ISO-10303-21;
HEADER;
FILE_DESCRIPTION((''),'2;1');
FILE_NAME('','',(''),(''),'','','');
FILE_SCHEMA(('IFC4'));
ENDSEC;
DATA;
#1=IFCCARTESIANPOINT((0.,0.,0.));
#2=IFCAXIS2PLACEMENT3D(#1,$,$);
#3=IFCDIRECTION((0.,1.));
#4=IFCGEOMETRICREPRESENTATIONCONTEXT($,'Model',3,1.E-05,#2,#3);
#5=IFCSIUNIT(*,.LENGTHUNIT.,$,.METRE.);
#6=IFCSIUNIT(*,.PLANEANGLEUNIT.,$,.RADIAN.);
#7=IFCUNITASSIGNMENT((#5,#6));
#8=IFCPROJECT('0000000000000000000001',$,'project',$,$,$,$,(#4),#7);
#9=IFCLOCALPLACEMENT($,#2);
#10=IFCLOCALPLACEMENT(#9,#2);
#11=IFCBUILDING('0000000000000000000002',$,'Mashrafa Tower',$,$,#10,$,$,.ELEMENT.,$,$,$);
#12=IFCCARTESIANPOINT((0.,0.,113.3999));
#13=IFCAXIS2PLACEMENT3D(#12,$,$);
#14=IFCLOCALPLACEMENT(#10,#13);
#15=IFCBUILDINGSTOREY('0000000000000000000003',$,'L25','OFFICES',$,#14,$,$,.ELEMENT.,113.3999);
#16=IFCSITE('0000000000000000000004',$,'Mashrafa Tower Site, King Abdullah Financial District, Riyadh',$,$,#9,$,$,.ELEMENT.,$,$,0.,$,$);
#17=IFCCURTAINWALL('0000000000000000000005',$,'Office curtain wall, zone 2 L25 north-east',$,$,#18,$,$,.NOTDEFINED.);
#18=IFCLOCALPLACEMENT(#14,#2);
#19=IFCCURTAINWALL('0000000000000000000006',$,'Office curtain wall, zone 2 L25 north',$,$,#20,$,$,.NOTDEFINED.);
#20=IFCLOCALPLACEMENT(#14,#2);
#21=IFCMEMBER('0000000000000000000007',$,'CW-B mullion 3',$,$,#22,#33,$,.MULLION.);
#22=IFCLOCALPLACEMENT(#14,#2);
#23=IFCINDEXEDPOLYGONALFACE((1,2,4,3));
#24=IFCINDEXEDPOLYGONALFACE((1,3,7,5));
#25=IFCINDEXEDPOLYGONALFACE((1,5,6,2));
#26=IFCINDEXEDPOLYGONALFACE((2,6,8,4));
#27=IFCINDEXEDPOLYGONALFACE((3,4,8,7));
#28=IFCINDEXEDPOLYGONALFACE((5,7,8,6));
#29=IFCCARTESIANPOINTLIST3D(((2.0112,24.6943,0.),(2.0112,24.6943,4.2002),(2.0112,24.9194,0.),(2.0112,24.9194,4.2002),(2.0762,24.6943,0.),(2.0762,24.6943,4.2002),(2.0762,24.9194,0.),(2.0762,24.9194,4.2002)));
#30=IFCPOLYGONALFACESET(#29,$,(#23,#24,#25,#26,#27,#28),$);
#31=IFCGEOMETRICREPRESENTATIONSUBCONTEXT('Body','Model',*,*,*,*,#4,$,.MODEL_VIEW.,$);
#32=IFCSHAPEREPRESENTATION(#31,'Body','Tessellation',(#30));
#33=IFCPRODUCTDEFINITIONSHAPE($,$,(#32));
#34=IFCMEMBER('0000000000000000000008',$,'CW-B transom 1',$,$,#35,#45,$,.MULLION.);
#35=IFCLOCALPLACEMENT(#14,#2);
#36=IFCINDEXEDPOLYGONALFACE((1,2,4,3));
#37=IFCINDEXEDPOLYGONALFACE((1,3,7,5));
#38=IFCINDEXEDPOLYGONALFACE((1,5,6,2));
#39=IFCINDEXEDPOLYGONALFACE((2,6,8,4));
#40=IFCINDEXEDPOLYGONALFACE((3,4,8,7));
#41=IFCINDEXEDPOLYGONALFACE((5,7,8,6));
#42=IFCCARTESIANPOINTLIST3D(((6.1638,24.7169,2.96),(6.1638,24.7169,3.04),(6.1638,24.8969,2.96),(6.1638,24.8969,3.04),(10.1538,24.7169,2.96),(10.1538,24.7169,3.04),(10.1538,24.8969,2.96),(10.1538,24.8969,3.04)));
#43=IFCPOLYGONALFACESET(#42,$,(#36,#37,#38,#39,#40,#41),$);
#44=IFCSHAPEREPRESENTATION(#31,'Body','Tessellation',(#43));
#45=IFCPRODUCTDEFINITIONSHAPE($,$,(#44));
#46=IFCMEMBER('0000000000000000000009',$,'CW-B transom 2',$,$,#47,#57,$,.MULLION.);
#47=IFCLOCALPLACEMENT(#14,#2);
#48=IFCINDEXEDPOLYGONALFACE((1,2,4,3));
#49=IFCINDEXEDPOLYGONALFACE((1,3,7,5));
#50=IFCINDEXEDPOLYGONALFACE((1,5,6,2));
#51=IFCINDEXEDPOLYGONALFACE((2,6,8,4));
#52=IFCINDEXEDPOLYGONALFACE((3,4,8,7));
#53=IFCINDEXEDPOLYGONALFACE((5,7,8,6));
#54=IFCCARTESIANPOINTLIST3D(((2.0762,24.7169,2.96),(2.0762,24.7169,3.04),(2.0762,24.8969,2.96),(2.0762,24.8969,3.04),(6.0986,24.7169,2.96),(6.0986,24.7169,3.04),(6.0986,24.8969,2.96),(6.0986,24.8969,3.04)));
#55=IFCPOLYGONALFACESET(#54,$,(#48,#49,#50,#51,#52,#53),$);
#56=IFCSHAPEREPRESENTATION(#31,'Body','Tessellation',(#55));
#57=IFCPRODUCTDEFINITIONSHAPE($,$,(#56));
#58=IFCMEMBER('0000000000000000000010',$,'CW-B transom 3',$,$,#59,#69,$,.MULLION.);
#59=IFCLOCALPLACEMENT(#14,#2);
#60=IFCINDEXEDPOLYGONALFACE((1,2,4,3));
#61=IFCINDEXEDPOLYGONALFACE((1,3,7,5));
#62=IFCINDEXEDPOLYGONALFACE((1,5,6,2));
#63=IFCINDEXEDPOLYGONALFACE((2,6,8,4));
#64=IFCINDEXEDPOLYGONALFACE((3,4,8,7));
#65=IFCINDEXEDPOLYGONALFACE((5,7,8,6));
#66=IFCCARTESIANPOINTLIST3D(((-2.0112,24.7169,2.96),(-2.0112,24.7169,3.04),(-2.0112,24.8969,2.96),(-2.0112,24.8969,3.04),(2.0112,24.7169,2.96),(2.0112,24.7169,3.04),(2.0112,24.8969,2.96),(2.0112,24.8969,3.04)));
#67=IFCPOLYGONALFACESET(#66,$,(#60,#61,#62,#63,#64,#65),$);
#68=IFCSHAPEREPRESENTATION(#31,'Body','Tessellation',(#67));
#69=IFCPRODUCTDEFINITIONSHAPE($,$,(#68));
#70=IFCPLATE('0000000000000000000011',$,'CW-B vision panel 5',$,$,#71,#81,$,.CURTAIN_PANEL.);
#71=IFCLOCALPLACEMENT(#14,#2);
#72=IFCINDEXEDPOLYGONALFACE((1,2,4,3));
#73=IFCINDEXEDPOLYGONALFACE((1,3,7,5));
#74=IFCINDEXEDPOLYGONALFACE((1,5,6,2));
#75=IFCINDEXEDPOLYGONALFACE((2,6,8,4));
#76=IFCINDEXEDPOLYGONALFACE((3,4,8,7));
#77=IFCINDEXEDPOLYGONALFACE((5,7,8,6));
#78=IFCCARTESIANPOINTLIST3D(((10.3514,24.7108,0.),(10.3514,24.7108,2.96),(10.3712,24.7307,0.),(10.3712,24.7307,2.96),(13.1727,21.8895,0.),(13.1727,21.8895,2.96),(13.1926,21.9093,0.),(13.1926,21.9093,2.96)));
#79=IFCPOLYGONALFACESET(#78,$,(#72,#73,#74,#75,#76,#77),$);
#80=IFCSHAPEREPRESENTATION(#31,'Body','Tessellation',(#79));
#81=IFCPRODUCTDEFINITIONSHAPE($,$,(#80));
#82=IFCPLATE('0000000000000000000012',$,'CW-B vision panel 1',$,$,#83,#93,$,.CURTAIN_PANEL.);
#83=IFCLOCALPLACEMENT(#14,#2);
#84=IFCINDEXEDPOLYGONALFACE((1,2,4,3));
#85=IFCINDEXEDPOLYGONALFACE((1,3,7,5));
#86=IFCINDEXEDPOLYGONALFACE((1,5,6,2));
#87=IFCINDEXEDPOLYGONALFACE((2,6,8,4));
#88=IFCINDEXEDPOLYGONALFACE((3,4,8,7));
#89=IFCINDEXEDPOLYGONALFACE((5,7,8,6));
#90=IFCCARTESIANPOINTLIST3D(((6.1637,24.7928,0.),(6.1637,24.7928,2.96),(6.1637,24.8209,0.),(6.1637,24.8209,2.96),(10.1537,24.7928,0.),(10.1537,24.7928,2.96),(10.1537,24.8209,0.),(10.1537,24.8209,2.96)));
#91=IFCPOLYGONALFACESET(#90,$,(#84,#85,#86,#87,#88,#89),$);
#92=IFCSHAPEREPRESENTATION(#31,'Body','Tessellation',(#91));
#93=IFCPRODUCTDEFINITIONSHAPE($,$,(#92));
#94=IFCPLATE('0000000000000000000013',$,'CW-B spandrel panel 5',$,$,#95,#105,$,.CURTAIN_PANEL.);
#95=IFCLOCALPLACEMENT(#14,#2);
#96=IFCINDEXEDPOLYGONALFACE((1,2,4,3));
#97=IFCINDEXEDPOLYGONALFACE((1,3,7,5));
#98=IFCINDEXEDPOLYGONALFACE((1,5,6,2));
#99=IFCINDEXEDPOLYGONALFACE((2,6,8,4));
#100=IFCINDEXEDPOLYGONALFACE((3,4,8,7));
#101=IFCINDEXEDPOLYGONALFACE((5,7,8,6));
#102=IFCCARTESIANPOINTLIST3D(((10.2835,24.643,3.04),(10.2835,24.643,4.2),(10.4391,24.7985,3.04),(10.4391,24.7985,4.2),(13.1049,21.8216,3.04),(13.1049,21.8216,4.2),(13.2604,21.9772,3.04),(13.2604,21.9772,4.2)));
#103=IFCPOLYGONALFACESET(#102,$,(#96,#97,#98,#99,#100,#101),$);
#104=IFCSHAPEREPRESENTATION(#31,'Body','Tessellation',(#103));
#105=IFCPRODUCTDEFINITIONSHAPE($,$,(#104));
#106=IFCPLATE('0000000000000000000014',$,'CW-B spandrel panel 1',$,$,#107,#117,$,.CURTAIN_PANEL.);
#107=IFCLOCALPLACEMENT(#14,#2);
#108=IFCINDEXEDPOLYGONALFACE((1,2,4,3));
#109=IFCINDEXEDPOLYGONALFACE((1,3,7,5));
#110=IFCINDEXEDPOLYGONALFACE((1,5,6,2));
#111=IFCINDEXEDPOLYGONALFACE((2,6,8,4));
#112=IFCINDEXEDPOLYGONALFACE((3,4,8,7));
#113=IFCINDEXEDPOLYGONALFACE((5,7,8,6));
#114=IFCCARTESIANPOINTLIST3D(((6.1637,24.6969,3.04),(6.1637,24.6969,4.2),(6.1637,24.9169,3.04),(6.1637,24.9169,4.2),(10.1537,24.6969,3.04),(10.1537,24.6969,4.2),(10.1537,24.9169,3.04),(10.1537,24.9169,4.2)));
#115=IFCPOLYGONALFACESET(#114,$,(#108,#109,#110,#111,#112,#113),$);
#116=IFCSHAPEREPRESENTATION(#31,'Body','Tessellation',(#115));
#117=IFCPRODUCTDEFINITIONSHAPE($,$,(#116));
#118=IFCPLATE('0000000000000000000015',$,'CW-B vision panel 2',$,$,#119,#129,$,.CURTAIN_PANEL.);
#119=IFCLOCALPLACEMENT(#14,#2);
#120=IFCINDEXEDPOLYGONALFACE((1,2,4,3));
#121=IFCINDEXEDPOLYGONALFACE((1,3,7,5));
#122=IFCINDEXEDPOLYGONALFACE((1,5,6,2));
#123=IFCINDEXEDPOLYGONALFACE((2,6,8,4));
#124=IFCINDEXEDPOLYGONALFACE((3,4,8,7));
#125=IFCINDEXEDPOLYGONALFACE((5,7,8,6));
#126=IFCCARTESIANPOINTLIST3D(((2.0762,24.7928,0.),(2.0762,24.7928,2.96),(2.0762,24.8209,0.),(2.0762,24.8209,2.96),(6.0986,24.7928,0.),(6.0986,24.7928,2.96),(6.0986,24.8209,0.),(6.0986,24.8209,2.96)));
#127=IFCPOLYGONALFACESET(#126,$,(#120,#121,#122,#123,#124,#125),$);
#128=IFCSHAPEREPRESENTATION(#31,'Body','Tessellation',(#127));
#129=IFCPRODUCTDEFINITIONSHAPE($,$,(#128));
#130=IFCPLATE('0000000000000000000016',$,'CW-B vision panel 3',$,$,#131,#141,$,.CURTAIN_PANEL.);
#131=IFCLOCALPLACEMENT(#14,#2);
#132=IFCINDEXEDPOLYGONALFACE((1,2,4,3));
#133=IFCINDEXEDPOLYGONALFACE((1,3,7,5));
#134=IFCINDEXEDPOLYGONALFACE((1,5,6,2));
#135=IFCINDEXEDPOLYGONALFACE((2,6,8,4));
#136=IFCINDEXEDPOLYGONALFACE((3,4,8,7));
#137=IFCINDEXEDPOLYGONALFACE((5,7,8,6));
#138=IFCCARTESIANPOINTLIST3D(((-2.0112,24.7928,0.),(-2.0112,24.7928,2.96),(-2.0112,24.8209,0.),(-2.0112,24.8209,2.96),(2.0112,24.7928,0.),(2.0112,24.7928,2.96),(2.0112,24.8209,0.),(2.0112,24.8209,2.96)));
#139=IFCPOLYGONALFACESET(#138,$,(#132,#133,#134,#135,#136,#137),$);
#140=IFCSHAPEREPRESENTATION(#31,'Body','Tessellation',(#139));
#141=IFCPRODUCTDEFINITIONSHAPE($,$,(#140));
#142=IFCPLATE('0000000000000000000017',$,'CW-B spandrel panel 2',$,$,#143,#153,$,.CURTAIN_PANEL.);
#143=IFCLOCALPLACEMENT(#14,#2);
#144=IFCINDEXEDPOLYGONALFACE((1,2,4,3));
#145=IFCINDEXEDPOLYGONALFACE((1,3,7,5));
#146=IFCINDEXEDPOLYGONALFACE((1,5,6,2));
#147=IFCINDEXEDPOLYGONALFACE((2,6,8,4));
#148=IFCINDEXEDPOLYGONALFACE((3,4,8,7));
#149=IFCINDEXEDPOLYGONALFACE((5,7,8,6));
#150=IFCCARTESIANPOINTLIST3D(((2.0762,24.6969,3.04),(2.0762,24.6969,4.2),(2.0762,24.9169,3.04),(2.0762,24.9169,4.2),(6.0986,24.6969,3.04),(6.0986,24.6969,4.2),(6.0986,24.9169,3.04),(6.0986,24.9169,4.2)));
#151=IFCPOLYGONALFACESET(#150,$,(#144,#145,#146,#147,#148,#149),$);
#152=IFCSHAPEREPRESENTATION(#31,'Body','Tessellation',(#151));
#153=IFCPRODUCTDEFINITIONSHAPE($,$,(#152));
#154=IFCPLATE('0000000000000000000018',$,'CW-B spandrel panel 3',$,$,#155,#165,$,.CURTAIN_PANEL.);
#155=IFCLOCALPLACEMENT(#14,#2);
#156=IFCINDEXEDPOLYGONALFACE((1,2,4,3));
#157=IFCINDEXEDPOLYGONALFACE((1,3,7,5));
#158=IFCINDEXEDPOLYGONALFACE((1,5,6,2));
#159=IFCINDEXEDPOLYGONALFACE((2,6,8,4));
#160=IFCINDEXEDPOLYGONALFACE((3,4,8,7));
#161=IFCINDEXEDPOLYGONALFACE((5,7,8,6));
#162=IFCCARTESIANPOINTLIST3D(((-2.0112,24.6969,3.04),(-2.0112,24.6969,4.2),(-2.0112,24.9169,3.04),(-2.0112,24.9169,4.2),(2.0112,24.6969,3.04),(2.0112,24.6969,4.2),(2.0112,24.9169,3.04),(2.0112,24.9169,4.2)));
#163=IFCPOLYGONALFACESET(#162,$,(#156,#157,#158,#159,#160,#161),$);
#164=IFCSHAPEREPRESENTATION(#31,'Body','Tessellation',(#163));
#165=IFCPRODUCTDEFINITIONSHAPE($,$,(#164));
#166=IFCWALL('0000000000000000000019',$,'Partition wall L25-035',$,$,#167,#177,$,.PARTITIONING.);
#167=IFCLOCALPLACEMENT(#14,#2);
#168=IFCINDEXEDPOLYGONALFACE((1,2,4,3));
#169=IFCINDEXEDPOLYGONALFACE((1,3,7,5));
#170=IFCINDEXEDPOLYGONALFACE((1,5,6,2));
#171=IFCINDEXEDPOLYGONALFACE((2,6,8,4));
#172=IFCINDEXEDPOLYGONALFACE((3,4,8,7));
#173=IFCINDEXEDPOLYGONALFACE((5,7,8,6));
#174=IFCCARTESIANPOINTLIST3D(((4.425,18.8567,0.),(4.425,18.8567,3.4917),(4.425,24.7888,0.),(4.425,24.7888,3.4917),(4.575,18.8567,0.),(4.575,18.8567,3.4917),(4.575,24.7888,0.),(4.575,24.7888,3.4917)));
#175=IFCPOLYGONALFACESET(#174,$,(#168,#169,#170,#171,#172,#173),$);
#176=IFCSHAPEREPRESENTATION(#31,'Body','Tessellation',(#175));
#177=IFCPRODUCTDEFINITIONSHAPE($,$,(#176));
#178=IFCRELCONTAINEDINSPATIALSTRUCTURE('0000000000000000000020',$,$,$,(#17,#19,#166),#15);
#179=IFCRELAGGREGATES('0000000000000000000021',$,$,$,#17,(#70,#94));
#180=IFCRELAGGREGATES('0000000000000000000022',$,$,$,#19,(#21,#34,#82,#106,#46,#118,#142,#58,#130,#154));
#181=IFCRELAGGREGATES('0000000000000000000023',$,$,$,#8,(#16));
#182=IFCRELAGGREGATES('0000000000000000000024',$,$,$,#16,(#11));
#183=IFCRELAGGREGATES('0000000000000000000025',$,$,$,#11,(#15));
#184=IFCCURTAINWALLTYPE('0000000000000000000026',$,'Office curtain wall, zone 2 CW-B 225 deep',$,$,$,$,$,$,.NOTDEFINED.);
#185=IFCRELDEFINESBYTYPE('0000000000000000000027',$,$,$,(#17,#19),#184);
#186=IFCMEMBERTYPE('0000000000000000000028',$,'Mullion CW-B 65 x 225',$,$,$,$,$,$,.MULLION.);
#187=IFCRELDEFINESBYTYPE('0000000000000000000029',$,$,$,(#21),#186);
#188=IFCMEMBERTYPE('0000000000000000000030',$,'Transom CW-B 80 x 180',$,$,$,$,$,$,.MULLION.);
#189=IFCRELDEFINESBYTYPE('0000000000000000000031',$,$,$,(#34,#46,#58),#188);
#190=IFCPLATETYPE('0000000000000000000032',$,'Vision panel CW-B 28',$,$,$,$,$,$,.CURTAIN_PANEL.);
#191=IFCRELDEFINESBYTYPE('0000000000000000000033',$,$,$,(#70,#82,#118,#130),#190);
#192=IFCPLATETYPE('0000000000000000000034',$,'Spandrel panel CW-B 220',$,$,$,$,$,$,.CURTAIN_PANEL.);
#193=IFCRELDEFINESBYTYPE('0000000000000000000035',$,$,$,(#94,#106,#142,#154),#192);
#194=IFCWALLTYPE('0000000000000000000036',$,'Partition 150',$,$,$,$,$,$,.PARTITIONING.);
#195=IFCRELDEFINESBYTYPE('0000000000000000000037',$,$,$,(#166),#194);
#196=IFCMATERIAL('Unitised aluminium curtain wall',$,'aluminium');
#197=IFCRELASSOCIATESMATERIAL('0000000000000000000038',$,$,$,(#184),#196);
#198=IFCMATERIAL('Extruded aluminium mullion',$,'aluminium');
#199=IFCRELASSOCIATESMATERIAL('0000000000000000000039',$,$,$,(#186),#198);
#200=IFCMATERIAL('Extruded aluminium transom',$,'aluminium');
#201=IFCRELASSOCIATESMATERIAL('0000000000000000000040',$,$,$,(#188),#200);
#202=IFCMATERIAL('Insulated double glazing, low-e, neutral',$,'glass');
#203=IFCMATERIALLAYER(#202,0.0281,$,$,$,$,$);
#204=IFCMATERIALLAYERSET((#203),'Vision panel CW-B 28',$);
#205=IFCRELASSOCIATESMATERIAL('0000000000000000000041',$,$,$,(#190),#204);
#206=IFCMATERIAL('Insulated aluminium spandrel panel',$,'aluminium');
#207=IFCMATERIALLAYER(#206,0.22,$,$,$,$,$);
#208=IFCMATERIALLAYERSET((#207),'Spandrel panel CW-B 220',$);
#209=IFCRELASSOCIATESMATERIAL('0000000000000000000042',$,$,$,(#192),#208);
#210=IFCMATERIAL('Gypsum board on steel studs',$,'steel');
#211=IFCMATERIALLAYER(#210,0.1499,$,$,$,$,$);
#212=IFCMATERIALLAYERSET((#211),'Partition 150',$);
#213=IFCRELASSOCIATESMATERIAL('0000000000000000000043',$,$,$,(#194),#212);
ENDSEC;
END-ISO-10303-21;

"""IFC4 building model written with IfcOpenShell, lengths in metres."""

from ifc_helpers import new_model, si_unit, direction, frame, frame_2d, origin, origin_2d, place, context, subcontext, project, spatial, rectangle, extrude, source, transform, mapped, material, layer, layer_set, material_profile, profile_set, type_object, type_shapes, element, aggregate, save


model = new_model("IFC4")

# Units and contexts
model_context = context("Model", 3, precision=1e-05, world=origin(), true_north=direction((0.0, 1.0)))
body_context = subcontext(model_context, "Body", "Model", "MODEL_VIEW")
ifc_project = project(units=[si_unit("LENGTHUNIT", "METRE"), si_unit("PLANEANGLEUNIT", "RADIAN")], contexts=[model_context])

# Site, building, storey
site_placement = place(None, origin())
site = spatial("IfcSite", under=ifc_project, at=site_placement, Name="Mashrafa Tower Site, King Abdullah Financial District, Riyadh", CompositionType="ELEMENT", RefElevation=0.0)
building_placement = place(site_placement, origin())
building = spatial("IfcBuilding", under=site, at=building_placement, Name="Mashrafa Tower", CompositionType="ELEMENT")
storey_placement = place(building_placement, frame((0.0, 0.0, 113.3999)))
storey = spatial("IfcBuildingStorey", under=building, at=storey_placement, Name="L25", Description="OFFICES", CompositionType="ELEMENT", Elevation=113.3999)

# Curtain wall
ifc_material_1 = material(Name="Unitised aluminium curtain wall", Category="aluminium")
curtain_wall_type = type_object("IfcCurtainWallType", Name="Office curtain wall, zone 2 CW-B 225 deep", PredefinedType="NOTDEFINED", material=ifc_material_1)
curtain_wall_1_placement = place(storey_placement, origin())
curtain_wall_1 = element("IfcCurtainWall", 1, at=curtain_wall_1_placement, inside=storey, type_object=curtain_wall_type, Name="Office curtain wall, zone 2 L25 north-east", PredefinedType="NOTDEFINED")
ifc_material_2 = material(Name="Extruded aluminium mullion", Category="aluminium")
ifc_material_profile_1 = material_profile(ifc_material_2, rectangle(XDim=0.2251, YDim=0.0649, at=origin_2d()), Name="Mullion 65x225")
ifc_profile_set_1 = profile_set([ifc_material_profile_1], Name="Extruded aluminium mullion")
member_type_1 = type_object("IfcMemberType", Name="Mullion CW-B 65 x 225", PredefinedType="MULLION", material=ifc_profile_set_1)
shared_shape_1 = source(origin(), body_context, "Body", "SweptSolid", [
    extrude(rectangle(XDim=0.2251, YDim=0.0649, at=origin_2d()), origin(), (0.0, 0.0, 1.0), 4.2002),
])
type_shapes(member_type_1, [shared_shape_1])

# Curtain wall, members
curtain_wall_2_placement = place(storey_placement, origin())
curtain_wall_2 = element("IfcCurtainWall", 2, at=curtain_wall_2_placement, inside=storey, type_object=curtain_wall_type, Name="Office curtain wall, zone 2 L25 north", PredefinedType="NOTDEFINED")
member_1_placement = place(storey_placement, frame((2.0437, 24.8069, 0.0), z_axis=(0.0, 0.0, 1.0), x_axis=(0.0, -1.0, 0.0)))
member_1 = element("IfcMember", 3, at=member_1_placement, type_object=member_type_1, Name="CW-B mullion 3", PredefinedType="MULLION", context=body_context, shape_type="MappedRepresentation", body=[
    mapped(shared_shape_1, transform((0.0, 0.0, 0.0))),
])
ifc_material_3 = material(Name="Extruded aluminium transom", Category="aluminium")
ifc_material_profile_2 = material_profile(ifc_material_3, rectangle(XDim=0.1799, YDim=0.0801, at=origin_2d()), Name="Transom 80x180")
ifc_profile_set_2 = profile_set([ifc_material_profile_2], Name="Extruded aluminium transom")
member_type_2 = type_object("IfcMemberType", Name="Transom CW-B 80 x 180", PredefinedType="MULLION", material=ifc_profile_set_2)
shared_shape_2 = source(origin(), body_context, "Body", "SweptSolid", [
    extrude(rectangle(XDim=0.1799, YDim=0.0801, at=origin_2d()), origin(), (0.0, 0.0, 1.0), 3.99),
])
member_2_placement = place(storey_placement, frame((10.1538, 24.8069, 3.0), z_axis=(-1.0, 0.0, 0.0), x_axis=(0.0, -1.0, 0.0)))
member_2 = element("IfcMember", 4, at=member_2_placement, type_object=member_type_2, Name="CW-B transom 1", PredefinedType="MULLION", context=body_context, shape_type="MappedRepresentation", body=[
    mapped(shared_shape_2, transform((0.0, 0.0, 0.0))),
])
shared_shape_3 = source(origin(), body_context, "Body", "SweptSolid", [
    extrude(rectangle(XDim=0.1799, YDim=0.0801, at=origin_2d()), origin(), (0.0, 0.0, 1.0), 4.0225),
])
type_shapes(member_type_2, [shared_shape_2, shared_shape_3])
member_3_placement = place(storey_placement, frame((6.0986, 24.8069, 3.0), z_axis=(-1.0, 0.0, 0.0), x_axis=(0.0, -1.0, 0.0)))
member_3 = element("IfcMember", 5, at=member_3_placement, type_object=member_type_2, Name="CW-B transom 2", PredefinedType="MULLION", context=body_context, shape_type="MappedRepresentation", body=[
    mapped(shared_shape_3, transform((0.0, 0.0, 0.0))),
])
member_4_placement = place(storey_placement, frame((2.0112, 24.8069, 3.0), z_axis=(-1.0, 0.0, 0.0), x_axis=(0.0, -1.0, 0.0)))
member_4 = element("IfcMember", 6, at=member_4_placement, type_object=member_type_2, Name="CW-B transom 3", PredefinedType="MULLION", context=body_context, shape_type="MappedRepresentation", body=[
    mapped(shared_shape_3, transform((0.0, 0.0, 0.0))),
])

# Plates
ifc_material_4 = material(Name="Insulated double glazing, low-e, neutral", Category="glass")
ifc_layer_1 = layer(ifc_material_4, 0.0281)
ifc_layer_set_1 = layer_set([ifc_layer_1], Name="Vision panel CW-B 28")
plate_type_1 = type_object("IfcPlateType", Name="Vision panel CW-B 28", PredefinedType="CURTAIN_PANEL", material=ifc_layer_set_1)
shared_shape_4 = source(origin(), body_context, "Body", "SweptSolid", [
    extrude(rectangle(XDim=3.99, YDim=0.0281, at=origin_2d()), origin(), (0.0, 0.0, 1.0), 2.96),
])
plate_1_placement = place(storey_placement, frame((11.772, 23.3101, 0.0), z_axis=(0.0, 0.0, 1.0), x_axis=(-0.707107, 0.707107, 0.0)))
plate_1 = element("IfcPlate", 7, at=plate_1_placement, type_object=plate_type_1, Name="CW-B vision panel 5", PredefinedType="CURTAIN_PANEL", context=body_context, shape_type="MappedRepresentation", body=[
    mapped(shared_shape_4, transform((0.0, 0.0, 0.0))),
])
plate_2_placement = place(storey_placement, frame((8.1587, 24.8069, 0.0), z_axis=(0.0, 0.0, 1.0), x_axis=(-1.0, 0.0, 0.0)))
plate_2 = element("IfcPlate", 8, at=plate_2_placement, type_object=plate_type_1, Name="CW-B vision panel 1", PredefinedType="CURTAIN_PANEL", context=body_context, shape_type="MappedRepresentation", body=[
    mapped(shared_shape_4, transform((0.0, 0.0, 0.0))),
])
ifc_material_5 = material(Name="Insulated aluminium spandrel panel", Category="aluminium")
ifc_layer_2 = layer(ifc_material_5, 0.22)
ifc_layer_set_2 = layer_set([ifc_layer_2], Name="Spandrel panel CW-B 220")
plate_type_2 = type_object("IfcPlateType", Name="Spandrel panel CW-B 220", PredefinedType="CURTAIN_PANEL", material=ifc_layer_set_2)
shared_shape_5 = source(origin(), body_context, "Body", "SweptSolid", [
    extrude(rectangle(XDim=3.99, YDim=0.22, at=origin_2d()), origin(), (0.0, 0.0, 1.0), 1.1599),
])
plate_3_placement = place(storey_placement, frame((11.772, 23.3101, 3.04), z_axis=(0.0, 0.0, 1.0), x_axis=(-0.707107, 0.707107, 0.0)))
plate_3 = element("IfcPlate", 9, at=plate_3_placement, type_object=plate_type_2, Name="CW-B spandrel panel 5", PredefinedType="CURTAIN_PANEL", context=body_context, shape_type="MappedRepresentation", body=[
    mapped(shared_shape_5, transform((0.0, 0.0, 0.0))),
])
aggregate(curtain_wall_1, [plate_1, plate_3])
plate_4_placement = place(storey_placement, frame((8.1587, 24.8069, 3.04), z_axis=(0.0, 0.0, 1.0), x_axis=(-1.0, 0.0, 0.0)))
plate_4 = element("IfcPlate", 10, at=plate_4_placement, type_object=plate_type_2, Name="CW-B spandrel panel 1", PredefinedType="CURTAIN_PANEL", context=body_context, shape_type="MappedRepresentation", body=[
    mapped(shared_shape_5, transform((0.0, 0.0, 0.0))),
])
shared_shape_6 = source(origin(), body_context, "Body", "SweptSolid", [
    extrude(rectangle(XDim=4.0225, YDim=0.0281, at=origin_2d()), origin(), (0.0, 0.0, 1.0), 2.96),
])
type_shapes(plate_type_1, [shared_shape_4, shared_shape_6])
plate_5_placement = place(storey_placement, frame((4.0874, 24.8069, 0.0), z_axis=(0.0, 0.0, 1.0), x_axis=(-1.0, 0.0, 0.0)))
plate_5 = element("IfcPlate", 11, at=plate_5_placement, type_object=plate_type_1, Name="CW-B vision panel 2", PredefinedType="CURTAIN_PANEL", context=body_context, shape_type="MappedRepresentation", body=[
    mapped(shared_shape_6, transform((0.0, 0.0, 0.0))),
])
plate_6_placement = place(storey_placement, frame((0.0, 24.8069, 0.0), z_axis=(0.0, 0.0, 1.0), x_axis=(-1.0, 0.0, 0.0)))
plate_6 = element("IfcPlate", 12, at=plate_6_placement, type_object=plate_type_1, Name="CW-B vision panel 3", PredefinedType="CURTAIN_PANEL", context=body_context, shape_type="MappedRepresentation", body=[
    mapped(shared_shape_6, transform((0.0, 0.0, 0.0))),
])
shared_shape_7 = source(origin(), body_context, "Body", "SweptSolid", [
    extrude(rectangle(XDim=4.0225, YDim=0.22, at=origin_2d()), origin(), (0.0, 0.0, 1.0), 1.1599),
])
type_shapes(plate_type_2, [shared_shape_5, shared_shape_7])
plate_7_placement = place(storey_placement, frame((4.0874, 24.8069, 3.04), z_axis=(0.0, 0.0, 1.0), x_axis=(-1.0, 0.0, 0.0)))
plate_7 = element("IfcPlate", 13, at=plate_7_placement, type_object=plate_type_2, Name="CW-B spandrel panel 2", PredefinedType="CURTAIN_PANEL", context=body_context, shape_type="MappedRepresentation", body=[
    mapped(shared_shape_7, transform((0.0, 0.0, 0.0))),
])
plate_8_placement = place(storey_placement, frame((0.0, 24.8069, 3.04), z_axis=(0.0, 0.0, 1.0), x_axis=(-1.0, 0.0, 0.0)))
plate_8 = element("IfcPlate", 14, at=plate_8_placement, type_object=plate_type_2, Name="CW-B spandrel panel 3", PredefinedType="CURTAIN_PANEL", context=body_context, shape_type="MappedRepresentation", body=[
    mapped(shared_shape_7, transform((0.0, 0.0, 0.0))),
])
aggregate(curtain_wall_2, [member_1, member_2, plate_2, plate_4, member_3, plate_5, plate_7, member_4, plate_6, plate_8])

# Wall
ifc_material_6 = material(Name="Gypsum board on steel studs", Category="steel")
ifc_layer_3 = layer(ifc_material_6, 0.1499)
ifc_layer_set_3 = layer_set([ifc_layer_3], Name="Partition 150")
wall_type = type_object("IfcWallType", Name="Partition 150", PredefinedType="PARTITIONING", material=ifc_layer_set_3)
wall_1_placement = place(storey_placement, frame((4.5, 24.7888, 0.0), z_axis=(0.0, 0.0, 1.0), x_axis=(0.0, -1.0, 0.0)))
element("IfcWall", 15, at=wall_1_placement, inside=storey, type_object=wall_type, Name="Partition wall L25-035", PredefinedType="PARTITIONING", context=body_context, shape_type="SweptSolid", body=[
    extrude(rectangle(XDim=5.9321, YDim=0.1499, at=frame_2d((2.9661, 0.0))), origin(), (0.0, 0.0, 1.0), 3.4917),
])

save(model, "model.ifc")
